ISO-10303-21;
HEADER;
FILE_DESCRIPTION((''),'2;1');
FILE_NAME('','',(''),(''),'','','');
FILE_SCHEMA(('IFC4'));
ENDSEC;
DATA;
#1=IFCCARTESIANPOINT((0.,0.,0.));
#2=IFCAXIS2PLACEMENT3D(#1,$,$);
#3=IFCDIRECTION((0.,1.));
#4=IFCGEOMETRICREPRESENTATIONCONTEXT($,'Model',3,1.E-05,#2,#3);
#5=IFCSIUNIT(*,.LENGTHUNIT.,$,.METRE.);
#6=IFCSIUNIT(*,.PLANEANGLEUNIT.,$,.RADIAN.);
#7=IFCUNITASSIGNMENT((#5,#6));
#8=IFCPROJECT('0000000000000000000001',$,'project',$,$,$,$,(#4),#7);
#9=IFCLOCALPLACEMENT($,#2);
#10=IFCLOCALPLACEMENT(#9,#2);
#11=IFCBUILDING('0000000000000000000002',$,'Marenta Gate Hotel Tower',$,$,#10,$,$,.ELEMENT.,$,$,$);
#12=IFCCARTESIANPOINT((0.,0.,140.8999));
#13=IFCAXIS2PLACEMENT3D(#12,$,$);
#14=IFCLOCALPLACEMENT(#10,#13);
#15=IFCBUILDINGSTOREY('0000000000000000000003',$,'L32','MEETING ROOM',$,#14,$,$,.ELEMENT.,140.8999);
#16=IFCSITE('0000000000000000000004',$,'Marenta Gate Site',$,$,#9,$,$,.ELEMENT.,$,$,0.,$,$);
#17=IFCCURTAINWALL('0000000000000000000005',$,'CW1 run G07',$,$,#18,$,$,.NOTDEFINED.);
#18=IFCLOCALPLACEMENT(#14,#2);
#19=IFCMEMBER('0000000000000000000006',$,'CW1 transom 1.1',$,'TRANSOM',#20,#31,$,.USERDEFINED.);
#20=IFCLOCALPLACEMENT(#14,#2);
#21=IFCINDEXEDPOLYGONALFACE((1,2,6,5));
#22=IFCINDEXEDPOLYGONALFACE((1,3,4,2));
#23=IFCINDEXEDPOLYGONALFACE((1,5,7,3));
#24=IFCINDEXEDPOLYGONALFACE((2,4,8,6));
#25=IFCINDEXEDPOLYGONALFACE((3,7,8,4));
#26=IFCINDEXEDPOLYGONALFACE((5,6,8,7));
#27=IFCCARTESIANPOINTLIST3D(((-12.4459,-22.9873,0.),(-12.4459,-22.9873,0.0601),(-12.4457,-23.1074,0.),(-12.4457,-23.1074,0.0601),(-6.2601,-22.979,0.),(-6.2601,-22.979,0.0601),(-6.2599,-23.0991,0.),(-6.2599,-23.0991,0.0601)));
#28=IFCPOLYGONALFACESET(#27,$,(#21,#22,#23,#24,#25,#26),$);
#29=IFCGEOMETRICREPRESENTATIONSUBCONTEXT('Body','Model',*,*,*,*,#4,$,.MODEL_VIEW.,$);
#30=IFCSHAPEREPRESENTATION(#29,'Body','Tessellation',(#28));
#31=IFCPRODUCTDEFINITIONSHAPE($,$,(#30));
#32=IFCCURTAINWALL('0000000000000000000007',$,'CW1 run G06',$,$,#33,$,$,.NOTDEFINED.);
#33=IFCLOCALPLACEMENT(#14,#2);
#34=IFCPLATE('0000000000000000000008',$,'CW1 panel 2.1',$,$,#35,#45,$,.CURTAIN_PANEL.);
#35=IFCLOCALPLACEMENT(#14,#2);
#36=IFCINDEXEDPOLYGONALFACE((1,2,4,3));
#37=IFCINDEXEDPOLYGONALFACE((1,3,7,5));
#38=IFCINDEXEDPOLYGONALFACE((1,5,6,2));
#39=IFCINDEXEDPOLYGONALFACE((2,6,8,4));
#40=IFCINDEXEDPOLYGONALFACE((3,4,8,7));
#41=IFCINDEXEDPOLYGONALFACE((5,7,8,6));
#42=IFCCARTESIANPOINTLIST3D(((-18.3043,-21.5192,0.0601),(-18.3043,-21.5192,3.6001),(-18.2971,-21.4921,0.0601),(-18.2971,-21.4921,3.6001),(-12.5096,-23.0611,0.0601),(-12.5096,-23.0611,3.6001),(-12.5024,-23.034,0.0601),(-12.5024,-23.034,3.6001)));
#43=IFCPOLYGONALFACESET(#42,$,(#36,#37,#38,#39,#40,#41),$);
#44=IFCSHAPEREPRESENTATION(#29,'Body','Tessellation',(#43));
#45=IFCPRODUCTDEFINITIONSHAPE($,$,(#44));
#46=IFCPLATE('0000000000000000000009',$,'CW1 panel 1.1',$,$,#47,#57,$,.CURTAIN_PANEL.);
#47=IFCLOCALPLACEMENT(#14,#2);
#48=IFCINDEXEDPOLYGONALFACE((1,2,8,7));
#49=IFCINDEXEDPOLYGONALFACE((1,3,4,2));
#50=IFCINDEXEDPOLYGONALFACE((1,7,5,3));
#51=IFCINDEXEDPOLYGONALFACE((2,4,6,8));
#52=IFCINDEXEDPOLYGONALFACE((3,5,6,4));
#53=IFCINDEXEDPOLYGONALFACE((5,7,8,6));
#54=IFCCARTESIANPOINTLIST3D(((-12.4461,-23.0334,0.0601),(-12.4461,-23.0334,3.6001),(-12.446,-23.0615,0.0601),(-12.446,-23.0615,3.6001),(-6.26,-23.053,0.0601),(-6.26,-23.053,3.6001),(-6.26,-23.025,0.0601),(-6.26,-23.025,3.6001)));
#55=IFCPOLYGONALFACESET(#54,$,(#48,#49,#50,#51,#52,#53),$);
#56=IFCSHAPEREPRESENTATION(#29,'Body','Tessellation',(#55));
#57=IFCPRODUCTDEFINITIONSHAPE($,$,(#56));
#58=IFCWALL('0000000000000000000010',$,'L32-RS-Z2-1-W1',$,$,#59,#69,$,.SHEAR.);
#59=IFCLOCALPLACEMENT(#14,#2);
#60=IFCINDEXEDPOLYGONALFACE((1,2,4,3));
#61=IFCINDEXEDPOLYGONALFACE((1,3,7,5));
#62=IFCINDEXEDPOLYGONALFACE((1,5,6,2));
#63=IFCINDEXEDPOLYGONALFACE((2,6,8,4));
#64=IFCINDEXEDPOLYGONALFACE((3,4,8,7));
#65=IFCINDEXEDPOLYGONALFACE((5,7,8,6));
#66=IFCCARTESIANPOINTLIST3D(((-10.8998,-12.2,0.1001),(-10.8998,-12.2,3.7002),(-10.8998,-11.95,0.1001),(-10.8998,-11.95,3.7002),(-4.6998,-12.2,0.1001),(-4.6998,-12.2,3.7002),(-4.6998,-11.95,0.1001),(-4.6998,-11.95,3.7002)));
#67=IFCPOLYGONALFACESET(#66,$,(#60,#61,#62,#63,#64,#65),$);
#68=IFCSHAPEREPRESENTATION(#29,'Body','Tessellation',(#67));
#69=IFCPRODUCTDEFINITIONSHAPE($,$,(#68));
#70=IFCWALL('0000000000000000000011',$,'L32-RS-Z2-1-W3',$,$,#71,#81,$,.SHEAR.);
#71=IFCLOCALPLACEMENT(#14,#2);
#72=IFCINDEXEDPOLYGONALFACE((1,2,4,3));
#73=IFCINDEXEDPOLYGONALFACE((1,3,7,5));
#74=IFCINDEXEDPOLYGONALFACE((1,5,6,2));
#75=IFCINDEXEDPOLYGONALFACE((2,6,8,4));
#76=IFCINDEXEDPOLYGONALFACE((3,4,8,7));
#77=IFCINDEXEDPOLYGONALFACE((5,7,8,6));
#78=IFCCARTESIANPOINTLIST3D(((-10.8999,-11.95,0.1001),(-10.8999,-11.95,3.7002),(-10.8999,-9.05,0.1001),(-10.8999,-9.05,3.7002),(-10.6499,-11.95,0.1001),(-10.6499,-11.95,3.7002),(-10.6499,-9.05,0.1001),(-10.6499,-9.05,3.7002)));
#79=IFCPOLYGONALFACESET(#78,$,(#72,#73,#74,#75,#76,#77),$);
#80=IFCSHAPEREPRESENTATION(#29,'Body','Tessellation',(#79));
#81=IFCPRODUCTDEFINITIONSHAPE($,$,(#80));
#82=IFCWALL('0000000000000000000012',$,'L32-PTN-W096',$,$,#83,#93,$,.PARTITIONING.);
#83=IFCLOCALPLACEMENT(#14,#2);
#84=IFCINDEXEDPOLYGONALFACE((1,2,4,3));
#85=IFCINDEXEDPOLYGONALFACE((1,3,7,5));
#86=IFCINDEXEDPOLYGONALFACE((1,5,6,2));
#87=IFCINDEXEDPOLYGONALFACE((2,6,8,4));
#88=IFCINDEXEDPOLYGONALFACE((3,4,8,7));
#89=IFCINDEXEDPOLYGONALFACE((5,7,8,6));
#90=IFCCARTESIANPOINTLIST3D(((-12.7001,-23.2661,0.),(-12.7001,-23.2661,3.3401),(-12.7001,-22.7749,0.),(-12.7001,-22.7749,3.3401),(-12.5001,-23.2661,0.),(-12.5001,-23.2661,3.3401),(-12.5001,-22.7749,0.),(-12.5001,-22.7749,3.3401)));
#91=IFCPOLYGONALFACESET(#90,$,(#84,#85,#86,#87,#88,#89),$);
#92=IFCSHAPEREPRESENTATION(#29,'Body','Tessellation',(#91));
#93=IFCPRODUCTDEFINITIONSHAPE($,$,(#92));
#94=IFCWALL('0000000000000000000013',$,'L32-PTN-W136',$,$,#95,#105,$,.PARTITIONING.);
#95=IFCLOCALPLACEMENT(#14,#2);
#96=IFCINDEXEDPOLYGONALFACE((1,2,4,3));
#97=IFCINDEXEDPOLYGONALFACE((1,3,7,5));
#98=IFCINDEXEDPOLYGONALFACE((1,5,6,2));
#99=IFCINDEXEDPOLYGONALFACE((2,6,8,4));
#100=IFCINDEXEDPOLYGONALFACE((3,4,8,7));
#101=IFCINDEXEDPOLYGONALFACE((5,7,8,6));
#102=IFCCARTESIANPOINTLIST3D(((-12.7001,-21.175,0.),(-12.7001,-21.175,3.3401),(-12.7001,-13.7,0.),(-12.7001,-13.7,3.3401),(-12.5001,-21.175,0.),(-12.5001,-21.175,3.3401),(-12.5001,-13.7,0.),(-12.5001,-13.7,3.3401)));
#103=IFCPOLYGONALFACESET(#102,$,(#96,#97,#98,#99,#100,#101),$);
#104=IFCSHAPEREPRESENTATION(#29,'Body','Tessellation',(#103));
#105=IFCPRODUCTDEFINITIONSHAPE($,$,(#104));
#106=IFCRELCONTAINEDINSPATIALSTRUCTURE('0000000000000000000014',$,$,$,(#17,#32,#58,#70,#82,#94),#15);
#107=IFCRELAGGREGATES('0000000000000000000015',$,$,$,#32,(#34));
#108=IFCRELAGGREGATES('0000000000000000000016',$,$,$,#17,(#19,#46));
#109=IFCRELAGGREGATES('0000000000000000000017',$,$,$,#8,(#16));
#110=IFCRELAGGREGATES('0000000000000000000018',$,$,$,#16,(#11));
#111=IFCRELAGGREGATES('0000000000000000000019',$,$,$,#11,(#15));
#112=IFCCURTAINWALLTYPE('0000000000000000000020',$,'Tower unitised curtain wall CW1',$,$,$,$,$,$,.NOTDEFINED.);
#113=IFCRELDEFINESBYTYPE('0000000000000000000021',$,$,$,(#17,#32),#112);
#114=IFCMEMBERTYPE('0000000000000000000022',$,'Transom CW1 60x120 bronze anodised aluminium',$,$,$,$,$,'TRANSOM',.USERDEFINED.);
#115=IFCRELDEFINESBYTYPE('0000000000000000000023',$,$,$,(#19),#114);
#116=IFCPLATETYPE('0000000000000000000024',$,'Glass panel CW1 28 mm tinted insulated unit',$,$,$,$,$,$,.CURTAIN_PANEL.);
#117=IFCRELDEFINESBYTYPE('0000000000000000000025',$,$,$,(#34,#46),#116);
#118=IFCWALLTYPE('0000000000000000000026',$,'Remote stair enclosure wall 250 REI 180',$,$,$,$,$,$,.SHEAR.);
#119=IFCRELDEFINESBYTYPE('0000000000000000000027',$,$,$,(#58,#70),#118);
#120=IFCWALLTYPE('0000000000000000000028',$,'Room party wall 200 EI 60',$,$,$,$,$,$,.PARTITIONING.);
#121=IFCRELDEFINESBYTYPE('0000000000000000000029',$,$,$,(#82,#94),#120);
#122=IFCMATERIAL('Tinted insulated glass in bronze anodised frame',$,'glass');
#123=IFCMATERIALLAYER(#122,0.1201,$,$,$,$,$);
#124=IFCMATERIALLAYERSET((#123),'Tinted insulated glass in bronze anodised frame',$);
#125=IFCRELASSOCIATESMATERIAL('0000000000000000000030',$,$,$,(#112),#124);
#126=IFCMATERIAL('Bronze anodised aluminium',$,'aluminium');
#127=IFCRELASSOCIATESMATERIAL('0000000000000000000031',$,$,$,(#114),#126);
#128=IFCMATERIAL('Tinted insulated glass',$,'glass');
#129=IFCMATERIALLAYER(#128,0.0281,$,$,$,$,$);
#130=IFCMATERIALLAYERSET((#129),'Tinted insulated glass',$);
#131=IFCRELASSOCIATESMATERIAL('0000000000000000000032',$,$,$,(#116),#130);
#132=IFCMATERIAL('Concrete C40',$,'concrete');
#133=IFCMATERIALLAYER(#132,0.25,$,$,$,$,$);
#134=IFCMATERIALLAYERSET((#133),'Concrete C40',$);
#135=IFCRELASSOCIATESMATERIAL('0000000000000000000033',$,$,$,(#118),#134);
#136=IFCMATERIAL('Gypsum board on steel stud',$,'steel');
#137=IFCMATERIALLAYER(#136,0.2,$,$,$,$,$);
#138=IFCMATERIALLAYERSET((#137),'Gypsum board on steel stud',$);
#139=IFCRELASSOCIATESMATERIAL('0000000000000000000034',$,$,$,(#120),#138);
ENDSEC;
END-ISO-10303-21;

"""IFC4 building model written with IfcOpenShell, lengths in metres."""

from ifc_helpers import new_model, si_unit, direction, frame, frame_2d, origin, origin_2d, place, context, subcontext, project, spatial, rectangle, extrude, material, layer, layer_set, material_profile, profile_set, type_object, element, aggregate, save


model = new_model("IFC4")

# Units and contexts
model_context = context("Model", 3, precision=1e-05, world=origin(), true_north=direction((0.0, 1.0)))
body_context = subcontext(model_context, "Body", "Model", "MODEL_VIEW")
ifc_project = project(units=[si_unit("LENGTHUNIT", "METRE"), si_unit("PLANEANGLEUNIT", "RADIAN")], contexts=[model_context])

# Site, building, storey
site_placement = place(None, origin())
site = spatial("IfcSite", under=ifc_project, at=site_placement, Name="Marenta Gate Site", CompositionType="ELEMENT", RefElevation=0.0)
building_placement = place(site_placement, origin())
building = spatial("IfcBuilding", under=site, at=building_placement, Name="Marenta Gate Hotel Tower", CompositionType="ELEMENT")
storey_placement = place(building_placement, frame((0.0, 0.0, 140.8999)))
storey = spatial("IfcBuildingStorey", under=building, at=storey_placement, Name="L32", Description="MEETING ROOM", CompositionType="ELEMENT", Elevation=140.8999)

# Curtain wall, member
ifc_material_1 = material(Name="Tinted insulated glass in bronze anodised frame", Category="glass")
ifc_layer_1 = layer(ifc_material_1, 0.1201)
ifc_layer_set_1 = layer_set([ifc_layer_1], Name="Tinted insulated glass in bronze anodised frame")
curtain_wall_type = type_object("IfcCurtainWallType", Name="Tower unitised curtain wall CW1", PredefinedType="NOTDEFINED", material=ifc_layer_set_1)
curtain_wall_1_placement = place(storey_placement, origin())
curtain_wall_1 = element("IfcCurtainWall", 1, at=curtain_wall_1_placement, inside=storey, type_object=curtain_wall_type, Name="CW1 run G07", PredefinedType="NOTDEFINED")
ifc_material_2 = material(Name="Bronze anodised aluminium", Category="aluminium")
ifc_material_profile_1 = material_profile(ifc_material_2, rectangle(XDim=0.1201, YDim=0.0601, at=origin_2d()), Name="Transom CW1 60x120 bronze anodised aluminium")
ifc_profile_set_1 = profile_set([ifc_material_profile_1], Name="Bronze anodised aluminium")
member_type_1 = type_object("IfcMemberType", Name="Transom CW1 60x120 bronze anodised aluminium", ElementType="TRANSOM", PredefinedType="USERDEFINED", material=ifc_profile_set_1)
member_1_placement = place(storey_placement, frame((-12.4458, -23.0474, 0.03), z_axis=(0.999999, 0.001342, 0.0), x_axis=(-0.001342, 0.999999, 0.0)))
member_1 = element("IfcMember", 2, at=member_1_placement, type_object=member_type_1, Name="CW1 transom 1.1", ObjectType="TRANSOM", PredefinedType="USERDEFINED", context=body_context, shape_type="SweptSolid", body=[
    extrude(rectangle(XDim=0.1201, YDim=0.0601, at=origin_2d()), origin(), (0.0, 0.0, 1.0), 6.1858),
])

# Curtain wall, plate
curtain_wall_2_placement = place(storey_placement, origin())
curtain_wall_2 = element("IfcCurtainWall", 3, at=curtain_wall_2_placement, inside=storey, type_object=curtain_wall_type, Name="CW1 run G06", PredefinedType="NOTDEFINED")
ifc_material_3 = material(Name="Tinted insulated glass", Category="glass")
ifc_layer_2 = layer(ifc_material_3, 0.0281)
ifc_layer_set_2 = layer_set([ifc_layer_2], Name="Tinted insulated glass")
plate_type = type_object("IfcPlateType", Name="Glass panel CW1 28 mm tinted insulated unit", PredefinedType="CURTAIN_PANEL", material=ifc_layer_set_2)
plate_1_placement = place(storey_placement, frame((-15.4033, -22.2766, 0.0601), z_axis=(0.0, 0.0, 1.0), x_axis=(0.966373, -0.257144, 0.0)))
plate_1 = element("IfcPlate", 4, at=plate_1_placement, type_object=plate_type, Name="CW1 panel 2.1", PredefinedType="CURTAIN_PANEL", context=body_context, shape_type="SweptSolid", body=[
    extrude(rectangle(XDim=5.9963, YDim=0.0281, at=origin_2d()), origin(), (0.0, 0.0, 1.0), 3.54),
])
aggregate(curtain_wall_2, [plate_1])

# Plate
plate_2_placement = place(storey_placement, frame((-9.353, -23.0432, 0.0601), z_axis=(0.0, 0.0, 1.0), x_axis=(0.999999, 0.001362, 0.0)))
plate_2 = element("IfcPlate", 5, at=plate_2_placement, type_object=plate_type, Name="CW1 panel 1.1", PredefinedType="CURTAIN_PANEL", context=body_context, shape_type="SweptSolid", body=[
    extrude(rectangle(XDim=6.186, YDim=0.0281, at=origin_2d()), origin(), (0.0, 0.0, 1.0), 3.54),
])
aggregate(curtain_wall_1, [member_1, plate_2])

# Walls
ifc_material_4 = material(Name="Concrete C40", Category="concrete")
ifc_layer_3 = layer(ifc_material_4, 0.25)
ifc_layer_set_3 = layer_set([ifc_layer_3], Name="Concrete C40")
wall_type_1 = type_object("IfcWallType", Name="Remote stair enclosure wall 250 REI 180", PredefinedType="SHEAR", material=ifc_layer_set_3)
wall_1_placement = place(storey_placement, frame((-10.8999, -12.075, 0.1001), z_axis=(0.0, 0.0, 1.0), x_axis=(1.0, 0.0, 0.0)))
element("IfcWall", 6, at=wall_1_placement, inside=storey, type_object=wall_type_1, Name="L32-RS-Z2-1-W1", PredefinedType="SHEAR", context=body_context, shape_type="SweptSolid", body=[
    extrude(rectangle(XDim=6.2, YDim=0.25, at=frame_2d((3.1001, 0.0))), origin(), (0.0, 0.0, 1.0), 3.6001),
])
wall_2_placement = place(storey_placement, frame((-10.7749, -11.95, 0.1001), z_axis=(0.0, 0.0, 1.0), x_axis=(0.0, 1.0, 0.0)))
element("IfcWall", 7, at=wall_2_placement, inside=storey, type_object=wall_type_1, Name="L32-RS-Z2-1-W3", PredefinedType="SHEAR", context=body_context, shape_type="SweptSolid", body=[
    extrude(rectangle(XDim=2.8999, YDim=0.25, at=frame_2d((1.45, 0.0))), origin(), (0.0, 0.0, 1.0), 3.6001),
])

# Walls
ifc_material_5 = material(Name="Gypsum board on steel stud", Category="steel")
ifc_layer_4 = layer(ifc_material_5, 0.2)
ifc_layer_set_4 = layer_set([ifc_layer_4], Name="Gypsum board on steel stud")
wall_type_2 = type_object("IfcWallType", Name="Room party wall 200 EI 60", PredefinedType="PARTITIONING", material=ifc_layer_set_4)
wall_3_placement = place(storey_placement, frame((-12.6001, -23.2661, 0.0), z_axis=(0.0, 0.0, 1.0), x_axis=(0.0, 1.0, 0.0)))
element("IfcWall", 8, at=wall_3_placement, inside=storey, type_object=wall_type_2, Name="L32-PTN-W096", PredefinedType="PARTITIONING", context=body_context, shape_type="SweptSolid", body=[
    extrude(rectangle(XDim=0.4912, YDim=0.2, at=frame_2d((0.2456, 0.0))), origin(), (0.0, 0.0, 1.0), 3.3401),
])
wall_4_placement = place(storey_placement, frame((-12.6001, -21.175, 0.0), z_axis=(0.0, 0.0, 1.0), x_axis=(0.0, 1.0, 0.0)))
element("IfcWall", 9, at=wall_4_placement, inside=storey, type_object=wall_type_2, Name="L32-PTN-W136", PredefinedType="PARTITIONING", context=body_context, shape_type="SweptSolid", body=[
    extrude(rectangle(XDim=7.4751, YDim=0.2, at=frame_2d((3.7375, 0.0))), origin(), (0.0, 0.0, 1.0), 3.3401),
])

save(model, "model.ifc")
